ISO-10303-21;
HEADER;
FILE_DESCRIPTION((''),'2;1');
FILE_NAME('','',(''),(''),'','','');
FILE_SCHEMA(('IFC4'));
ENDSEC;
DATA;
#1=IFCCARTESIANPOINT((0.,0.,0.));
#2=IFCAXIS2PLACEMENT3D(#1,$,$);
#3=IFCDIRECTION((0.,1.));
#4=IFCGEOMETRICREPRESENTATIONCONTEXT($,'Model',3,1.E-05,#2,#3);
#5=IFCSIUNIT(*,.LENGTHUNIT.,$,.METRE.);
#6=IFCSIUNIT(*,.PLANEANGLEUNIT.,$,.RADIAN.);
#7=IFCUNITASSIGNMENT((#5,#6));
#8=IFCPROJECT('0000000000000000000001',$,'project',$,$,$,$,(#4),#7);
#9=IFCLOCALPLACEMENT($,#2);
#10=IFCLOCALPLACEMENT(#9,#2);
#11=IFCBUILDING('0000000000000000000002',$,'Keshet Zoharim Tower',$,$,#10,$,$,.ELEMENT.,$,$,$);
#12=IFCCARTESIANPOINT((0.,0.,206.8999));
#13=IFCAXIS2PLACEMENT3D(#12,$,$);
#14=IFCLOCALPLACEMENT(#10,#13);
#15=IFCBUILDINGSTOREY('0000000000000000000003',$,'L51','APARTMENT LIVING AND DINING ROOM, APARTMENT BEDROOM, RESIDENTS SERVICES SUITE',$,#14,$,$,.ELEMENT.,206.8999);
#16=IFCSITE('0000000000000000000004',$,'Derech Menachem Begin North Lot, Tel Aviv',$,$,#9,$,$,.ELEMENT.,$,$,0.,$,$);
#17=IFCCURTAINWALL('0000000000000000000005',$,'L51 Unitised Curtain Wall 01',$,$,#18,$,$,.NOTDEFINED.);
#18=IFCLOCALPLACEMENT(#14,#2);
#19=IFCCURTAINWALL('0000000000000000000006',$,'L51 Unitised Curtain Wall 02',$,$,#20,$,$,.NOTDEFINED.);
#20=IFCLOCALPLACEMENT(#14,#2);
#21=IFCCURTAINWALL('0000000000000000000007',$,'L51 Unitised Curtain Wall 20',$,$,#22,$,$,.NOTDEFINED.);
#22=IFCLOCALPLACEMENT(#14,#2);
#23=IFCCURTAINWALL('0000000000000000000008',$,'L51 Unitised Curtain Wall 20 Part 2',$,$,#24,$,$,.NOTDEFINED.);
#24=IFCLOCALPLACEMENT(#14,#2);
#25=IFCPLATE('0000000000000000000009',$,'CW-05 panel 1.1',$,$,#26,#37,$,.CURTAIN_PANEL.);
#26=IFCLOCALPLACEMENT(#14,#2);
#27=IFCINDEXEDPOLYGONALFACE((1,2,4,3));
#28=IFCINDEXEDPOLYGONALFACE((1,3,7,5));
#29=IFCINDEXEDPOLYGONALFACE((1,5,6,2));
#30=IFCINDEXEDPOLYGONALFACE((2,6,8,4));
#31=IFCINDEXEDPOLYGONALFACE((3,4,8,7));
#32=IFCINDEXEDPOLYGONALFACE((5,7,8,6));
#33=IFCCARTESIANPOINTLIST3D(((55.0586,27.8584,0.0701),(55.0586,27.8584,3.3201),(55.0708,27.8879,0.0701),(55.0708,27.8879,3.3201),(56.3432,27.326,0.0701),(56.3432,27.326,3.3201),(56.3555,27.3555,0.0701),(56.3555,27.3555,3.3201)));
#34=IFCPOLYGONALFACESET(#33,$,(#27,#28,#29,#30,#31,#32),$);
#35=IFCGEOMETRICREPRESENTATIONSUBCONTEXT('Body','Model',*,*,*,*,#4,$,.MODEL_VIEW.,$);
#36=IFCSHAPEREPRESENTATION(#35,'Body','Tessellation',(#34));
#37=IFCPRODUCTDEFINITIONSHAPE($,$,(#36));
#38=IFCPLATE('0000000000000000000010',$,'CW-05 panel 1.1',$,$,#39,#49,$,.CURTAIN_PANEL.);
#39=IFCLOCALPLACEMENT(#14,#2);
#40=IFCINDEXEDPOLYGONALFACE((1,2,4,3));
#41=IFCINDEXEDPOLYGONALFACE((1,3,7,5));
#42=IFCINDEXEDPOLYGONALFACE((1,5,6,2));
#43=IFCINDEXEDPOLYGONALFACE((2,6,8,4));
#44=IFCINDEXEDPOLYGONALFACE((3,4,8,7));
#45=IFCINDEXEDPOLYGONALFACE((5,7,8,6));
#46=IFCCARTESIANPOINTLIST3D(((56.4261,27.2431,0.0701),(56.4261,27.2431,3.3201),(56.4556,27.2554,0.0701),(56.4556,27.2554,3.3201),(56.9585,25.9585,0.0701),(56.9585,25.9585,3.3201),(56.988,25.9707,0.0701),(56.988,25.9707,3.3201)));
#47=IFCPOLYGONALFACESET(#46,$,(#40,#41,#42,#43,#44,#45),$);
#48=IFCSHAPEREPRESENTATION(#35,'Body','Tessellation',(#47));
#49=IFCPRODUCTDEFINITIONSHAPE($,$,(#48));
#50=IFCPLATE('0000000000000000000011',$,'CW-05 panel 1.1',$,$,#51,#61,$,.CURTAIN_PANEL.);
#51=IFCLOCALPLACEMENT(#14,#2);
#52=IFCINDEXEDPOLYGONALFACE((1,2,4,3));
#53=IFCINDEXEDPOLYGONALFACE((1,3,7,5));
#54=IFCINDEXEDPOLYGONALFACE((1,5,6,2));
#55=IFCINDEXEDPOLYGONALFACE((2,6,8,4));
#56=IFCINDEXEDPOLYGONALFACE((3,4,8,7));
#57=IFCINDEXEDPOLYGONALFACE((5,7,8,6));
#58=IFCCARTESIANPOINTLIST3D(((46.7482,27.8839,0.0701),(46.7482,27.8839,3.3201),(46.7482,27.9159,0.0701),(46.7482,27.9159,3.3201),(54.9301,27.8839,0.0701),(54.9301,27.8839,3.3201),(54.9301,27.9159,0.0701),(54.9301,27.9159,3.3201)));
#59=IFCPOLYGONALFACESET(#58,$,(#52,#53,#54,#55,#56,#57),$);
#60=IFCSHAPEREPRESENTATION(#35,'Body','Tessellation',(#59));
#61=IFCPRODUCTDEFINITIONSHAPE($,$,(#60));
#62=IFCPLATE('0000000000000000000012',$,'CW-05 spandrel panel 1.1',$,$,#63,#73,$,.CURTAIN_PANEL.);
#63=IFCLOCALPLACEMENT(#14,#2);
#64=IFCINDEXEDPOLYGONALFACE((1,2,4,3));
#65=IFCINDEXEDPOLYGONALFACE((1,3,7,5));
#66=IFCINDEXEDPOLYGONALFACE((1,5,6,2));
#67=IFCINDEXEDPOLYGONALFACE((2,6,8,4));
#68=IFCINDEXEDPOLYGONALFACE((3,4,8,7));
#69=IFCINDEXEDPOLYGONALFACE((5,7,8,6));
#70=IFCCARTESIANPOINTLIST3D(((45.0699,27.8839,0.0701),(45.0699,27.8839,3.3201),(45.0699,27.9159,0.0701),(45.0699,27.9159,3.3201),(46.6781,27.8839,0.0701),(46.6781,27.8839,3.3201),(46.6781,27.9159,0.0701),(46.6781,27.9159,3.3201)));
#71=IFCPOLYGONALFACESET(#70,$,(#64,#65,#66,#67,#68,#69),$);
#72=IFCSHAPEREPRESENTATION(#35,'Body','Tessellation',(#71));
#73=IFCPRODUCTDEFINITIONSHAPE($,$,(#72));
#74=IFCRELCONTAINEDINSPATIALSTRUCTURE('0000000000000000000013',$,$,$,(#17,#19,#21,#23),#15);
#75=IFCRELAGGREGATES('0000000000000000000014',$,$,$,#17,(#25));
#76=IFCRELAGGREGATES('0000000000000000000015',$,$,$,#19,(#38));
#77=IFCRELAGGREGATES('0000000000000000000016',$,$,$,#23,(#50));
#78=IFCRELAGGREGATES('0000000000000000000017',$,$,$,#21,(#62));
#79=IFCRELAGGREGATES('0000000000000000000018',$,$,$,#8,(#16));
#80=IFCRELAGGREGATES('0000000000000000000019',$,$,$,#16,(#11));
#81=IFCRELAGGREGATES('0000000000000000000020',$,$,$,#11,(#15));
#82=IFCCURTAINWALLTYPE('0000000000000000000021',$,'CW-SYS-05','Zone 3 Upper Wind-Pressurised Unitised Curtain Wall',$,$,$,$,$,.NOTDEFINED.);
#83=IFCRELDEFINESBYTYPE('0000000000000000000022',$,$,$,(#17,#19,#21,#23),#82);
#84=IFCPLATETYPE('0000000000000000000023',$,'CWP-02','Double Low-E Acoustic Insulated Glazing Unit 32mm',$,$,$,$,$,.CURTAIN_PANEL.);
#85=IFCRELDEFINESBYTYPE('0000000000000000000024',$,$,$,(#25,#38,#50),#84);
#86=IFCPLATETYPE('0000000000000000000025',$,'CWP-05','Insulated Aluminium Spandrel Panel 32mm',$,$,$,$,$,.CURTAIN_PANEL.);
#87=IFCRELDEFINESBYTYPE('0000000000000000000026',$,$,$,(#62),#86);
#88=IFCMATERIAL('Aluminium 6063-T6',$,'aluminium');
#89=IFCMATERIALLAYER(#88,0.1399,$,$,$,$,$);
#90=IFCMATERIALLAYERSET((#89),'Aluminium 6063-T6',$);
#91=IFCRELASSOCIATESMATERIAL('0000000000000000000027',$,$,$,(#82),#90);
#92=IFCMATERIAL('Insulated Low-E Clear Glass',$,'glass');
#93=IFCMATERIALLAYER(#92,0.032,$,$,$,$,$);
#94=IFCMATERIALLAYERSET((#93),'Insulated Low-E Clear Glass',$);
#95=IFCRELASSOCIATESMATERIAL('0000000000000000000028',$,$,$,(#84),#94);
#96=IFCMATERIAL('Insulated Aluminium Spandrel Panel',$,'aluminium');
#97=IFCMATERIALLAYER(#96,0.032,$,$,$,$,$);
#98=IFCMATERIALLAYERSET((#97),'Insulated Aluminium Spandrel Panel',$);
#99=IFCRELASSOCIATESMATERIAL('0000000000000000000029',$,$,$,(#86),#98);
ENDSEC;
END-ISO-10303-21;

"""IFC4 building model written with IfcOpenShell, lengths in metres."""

from ifc_helpers import new_model, si_unit, direction, frame, origin, origin_2d, place, context, subcontext, project, spatial, rectangle, extrude, material, layer, layer_set, type_object, element, aggregate, save


model = new_model("IFC4")

# Units and contexts
model_context = context("Model", 3, precision=1e-05, world=origin(), true_north=direction((0.0, 1.0)))
body_context = subcontext(model_context, "Body", "Model", "MODEL_VIEW")
ifc_project = project(units=[si_unit("LENGTHUNIT", "METRE"), si_unit("PLANEANGLEUNIT", "RADIAN")], contexts=[model_context])

# Site, building, storey
site_placement = place(None, origin())
site = spatial("IfcSite", under=ifc_project, at=site_placement, Name="Derech Menachem Begin North Lot, Tel Aviv", CompositionType="ELEMENT", RefElevation=0.0)
building_placement = place(site_placement, origin())
building = spatial("IfcBuilding", under=site, at=building_placement, Name="Keshet Zoharim Tower", CompositionType="ELEMENT")
storey_placement = place(building_placement, frame((0.0, 0.0, 206.8999)))
storey = spatial("IfcBuildingStorey", under=building, at=storey_placement, Name="L51", Description="APARTMENT LIVING AND DINING ROOM, APARTMENT BEDROOM, RESIDENTS SERVICES SUITE", CompositionType="ELEMENT", Elevation=206.8999)

# Curtain walls
ifc_material_1 = material(Name="Aluminium 6063-T6", Category="aluminium")
ifc_layer_1 = layer(ifc_material_1, 0.1399)
ifc_layer_set_1 = layer_set([ifc_layer_1], Name="Aluminium 6063-T6")
curtain_wall_type = type_object("IfcCurtainWallType", Name="CW-SYS-05", Description="Zone 3 Upper Wind-Pressurised Unitised Curtain Wall", PredefinedType="NOTDEFINED", material=ifc_layer_set_1)
curtain_wall_1_placement = place(storey_placement, origin())
curtain_wall_1 = element("IfcCurtainWall", 1, at=curtain_wall_1_placement, inside=storey, type_object=curtain_wall_type, Name="L51 Unitised Curtain Wall 01", PredefinedType="NOTDEFINED")
curtain_wall_2_placement = place(storey_placement, origin())
curtain_wall_2 = element("IfcCurtainWall", 2, at=curtain_wall_2_placement, inside=storey, type_object=curtain_wall_type, Name="L51 Unitised Curtain Wall 02", PredefinedType="NOTDEFINED")

# Curtain wall
curtain_wall_3_placement = place(storey_placement, origin())
curtain_wall_3 = element("IfcCurtainWall", 3, at=curtain_wall_3_placement, inside=storey, type_object=curtain_wall_type, Name="L51 Unitised Curtain Wall 20", PredefinedType="NOTDEFINED")

# Curtain wall
curtain_wall_4_placement = place(storey_placement, origin())
curtain_wall_4 = element("IfcCurtainWall", 4, at=curtain_wall_4_placement, inside=storey, type_object=curtain_wall_type, Name="L51 Unitised Curtain Wall 20 Part 2", PredefinedType="NOTDEFINED")

# Plates
ifc_material_2 = material(Name="Insulated Low-E Clear Glass", Category="glass")
ifc_layer_2 = layer(ifc_material_2, 0.032)
ifc_layer_set_2 = layer_set([ifc_layer_2], Name="Insulated Low-E Clear Glass")
plate_type_1 = type_object("IfcPlateType", Name="CWP-02", Description="Double Low-E Acoustic Insulated Glazing Unit 32mm", PredefinedType="CURTAIN_PANEL", material=ifc_layer_set_2)
plate_1_placement = place(storey_placement, frame((55.707, 27.6069, 0.0701), z_axis=(0.0, 0.0, 1.0), x_axis=(0.92381, -0.382852, 0.0)))
plate_1 = element("IfcPlate", 5, at=plate_1_placement, type_object=plate_type_1, Name="CW-05 panel 1.1", PredefinedType="CURTAIN_PANEL", context=body_context, shape_type="SweptSolid", body=[
    extrude(rectangle(XDim=1.3906, YDim=0.032, at=origin_2d()), origin(), (0.0, 0.0, 1.0), 3.25),
])
aggregate(curtain_wall_1, [plate_1])
plate_2_placement = place(storey_placement, frame((56.707, 26.6069, 0.0701), z_axis=(0.0, 0.0, 1.0), x_axis=(0.382852, -0.92381, 0.0)))
plate_2 = element("IfcPlate", 6, at=plate_2_placement, type_object=plate_type_1, Name="CW-05 panel 1.1", PredefinedType="CURTAIN_PANEL", context=body_context, shape_type="SweptSolid", body=[
    extrude(rectangle(XDim=1.3906, YDim=0.032, at=origin_2d()), origin(), (0.0, 0.0, 1.0), 3.25),
])
aggregate(curtain_wall_2, [plate_2])
plate_3_placement = place(storey_placement, frame((50.8391, 27.8999, 0.0701), z_axis=(0.0, 0.0, 1.0), x_axis=(1.0, 0.0, 0.0)))
plate_3 = element("IfcPlate", 7, at=plate_3_placement, type_object=plate_type_1, Name="CW-05 panel 1.1", PredefinedType="CURTAIN_PANEL", context=body_context, shape_type="SweptSolid", body=[
    extrude(rectangle(XDim=8.1819, YDim=0.032, at=origin_2d()), origin(), (0.0, 0.0, 1.0), 3.25),
])
aggregate(curtain_wall_4, [plate_3])
ifc_material_3 = material(Name="Insulated Aluminium Spandrel Panel", Category="aluminium")
ifc_layer_3 = layer(ifc_material_3, 0.032)
ifc_layer_set_3 = layer_set([ifc_layer_3], Name="Insulated Aluminium Spandrel Panel")
plate_type_2 = type_object("IfcPlateType", Name="CWP-05", Description="Insulated Aluminium Spandrel Panel 32mm", PredefinedType="CURTAIN_PANEL", material=ifc_layer_set_3)
plate_4_placement = place(storey_placement, frame((45.874, 27.8999, 0.0701), z_axis=(0.0, 0.0, 1.0), x_axis=(1.0, 0.0, 0.0)))
plate_4 = element("IfcPlate", 8, at=plate_4_placement, type_object=plate_type_2, Name="CW-05 spandrel panel 1.1", PredefinedType="CURTAIN_PANEL", context=body_context, shape_type="SweptSolid", body=[
    extrude(rectangle(XDim=1.6082, YDim=0.032, at=origin_2d()), origin(), (0.0, 0.0, 1.0), 3.25),
])
aggregate(curtain_wall_3, [plate_4])

save(model, "model.ifc")
